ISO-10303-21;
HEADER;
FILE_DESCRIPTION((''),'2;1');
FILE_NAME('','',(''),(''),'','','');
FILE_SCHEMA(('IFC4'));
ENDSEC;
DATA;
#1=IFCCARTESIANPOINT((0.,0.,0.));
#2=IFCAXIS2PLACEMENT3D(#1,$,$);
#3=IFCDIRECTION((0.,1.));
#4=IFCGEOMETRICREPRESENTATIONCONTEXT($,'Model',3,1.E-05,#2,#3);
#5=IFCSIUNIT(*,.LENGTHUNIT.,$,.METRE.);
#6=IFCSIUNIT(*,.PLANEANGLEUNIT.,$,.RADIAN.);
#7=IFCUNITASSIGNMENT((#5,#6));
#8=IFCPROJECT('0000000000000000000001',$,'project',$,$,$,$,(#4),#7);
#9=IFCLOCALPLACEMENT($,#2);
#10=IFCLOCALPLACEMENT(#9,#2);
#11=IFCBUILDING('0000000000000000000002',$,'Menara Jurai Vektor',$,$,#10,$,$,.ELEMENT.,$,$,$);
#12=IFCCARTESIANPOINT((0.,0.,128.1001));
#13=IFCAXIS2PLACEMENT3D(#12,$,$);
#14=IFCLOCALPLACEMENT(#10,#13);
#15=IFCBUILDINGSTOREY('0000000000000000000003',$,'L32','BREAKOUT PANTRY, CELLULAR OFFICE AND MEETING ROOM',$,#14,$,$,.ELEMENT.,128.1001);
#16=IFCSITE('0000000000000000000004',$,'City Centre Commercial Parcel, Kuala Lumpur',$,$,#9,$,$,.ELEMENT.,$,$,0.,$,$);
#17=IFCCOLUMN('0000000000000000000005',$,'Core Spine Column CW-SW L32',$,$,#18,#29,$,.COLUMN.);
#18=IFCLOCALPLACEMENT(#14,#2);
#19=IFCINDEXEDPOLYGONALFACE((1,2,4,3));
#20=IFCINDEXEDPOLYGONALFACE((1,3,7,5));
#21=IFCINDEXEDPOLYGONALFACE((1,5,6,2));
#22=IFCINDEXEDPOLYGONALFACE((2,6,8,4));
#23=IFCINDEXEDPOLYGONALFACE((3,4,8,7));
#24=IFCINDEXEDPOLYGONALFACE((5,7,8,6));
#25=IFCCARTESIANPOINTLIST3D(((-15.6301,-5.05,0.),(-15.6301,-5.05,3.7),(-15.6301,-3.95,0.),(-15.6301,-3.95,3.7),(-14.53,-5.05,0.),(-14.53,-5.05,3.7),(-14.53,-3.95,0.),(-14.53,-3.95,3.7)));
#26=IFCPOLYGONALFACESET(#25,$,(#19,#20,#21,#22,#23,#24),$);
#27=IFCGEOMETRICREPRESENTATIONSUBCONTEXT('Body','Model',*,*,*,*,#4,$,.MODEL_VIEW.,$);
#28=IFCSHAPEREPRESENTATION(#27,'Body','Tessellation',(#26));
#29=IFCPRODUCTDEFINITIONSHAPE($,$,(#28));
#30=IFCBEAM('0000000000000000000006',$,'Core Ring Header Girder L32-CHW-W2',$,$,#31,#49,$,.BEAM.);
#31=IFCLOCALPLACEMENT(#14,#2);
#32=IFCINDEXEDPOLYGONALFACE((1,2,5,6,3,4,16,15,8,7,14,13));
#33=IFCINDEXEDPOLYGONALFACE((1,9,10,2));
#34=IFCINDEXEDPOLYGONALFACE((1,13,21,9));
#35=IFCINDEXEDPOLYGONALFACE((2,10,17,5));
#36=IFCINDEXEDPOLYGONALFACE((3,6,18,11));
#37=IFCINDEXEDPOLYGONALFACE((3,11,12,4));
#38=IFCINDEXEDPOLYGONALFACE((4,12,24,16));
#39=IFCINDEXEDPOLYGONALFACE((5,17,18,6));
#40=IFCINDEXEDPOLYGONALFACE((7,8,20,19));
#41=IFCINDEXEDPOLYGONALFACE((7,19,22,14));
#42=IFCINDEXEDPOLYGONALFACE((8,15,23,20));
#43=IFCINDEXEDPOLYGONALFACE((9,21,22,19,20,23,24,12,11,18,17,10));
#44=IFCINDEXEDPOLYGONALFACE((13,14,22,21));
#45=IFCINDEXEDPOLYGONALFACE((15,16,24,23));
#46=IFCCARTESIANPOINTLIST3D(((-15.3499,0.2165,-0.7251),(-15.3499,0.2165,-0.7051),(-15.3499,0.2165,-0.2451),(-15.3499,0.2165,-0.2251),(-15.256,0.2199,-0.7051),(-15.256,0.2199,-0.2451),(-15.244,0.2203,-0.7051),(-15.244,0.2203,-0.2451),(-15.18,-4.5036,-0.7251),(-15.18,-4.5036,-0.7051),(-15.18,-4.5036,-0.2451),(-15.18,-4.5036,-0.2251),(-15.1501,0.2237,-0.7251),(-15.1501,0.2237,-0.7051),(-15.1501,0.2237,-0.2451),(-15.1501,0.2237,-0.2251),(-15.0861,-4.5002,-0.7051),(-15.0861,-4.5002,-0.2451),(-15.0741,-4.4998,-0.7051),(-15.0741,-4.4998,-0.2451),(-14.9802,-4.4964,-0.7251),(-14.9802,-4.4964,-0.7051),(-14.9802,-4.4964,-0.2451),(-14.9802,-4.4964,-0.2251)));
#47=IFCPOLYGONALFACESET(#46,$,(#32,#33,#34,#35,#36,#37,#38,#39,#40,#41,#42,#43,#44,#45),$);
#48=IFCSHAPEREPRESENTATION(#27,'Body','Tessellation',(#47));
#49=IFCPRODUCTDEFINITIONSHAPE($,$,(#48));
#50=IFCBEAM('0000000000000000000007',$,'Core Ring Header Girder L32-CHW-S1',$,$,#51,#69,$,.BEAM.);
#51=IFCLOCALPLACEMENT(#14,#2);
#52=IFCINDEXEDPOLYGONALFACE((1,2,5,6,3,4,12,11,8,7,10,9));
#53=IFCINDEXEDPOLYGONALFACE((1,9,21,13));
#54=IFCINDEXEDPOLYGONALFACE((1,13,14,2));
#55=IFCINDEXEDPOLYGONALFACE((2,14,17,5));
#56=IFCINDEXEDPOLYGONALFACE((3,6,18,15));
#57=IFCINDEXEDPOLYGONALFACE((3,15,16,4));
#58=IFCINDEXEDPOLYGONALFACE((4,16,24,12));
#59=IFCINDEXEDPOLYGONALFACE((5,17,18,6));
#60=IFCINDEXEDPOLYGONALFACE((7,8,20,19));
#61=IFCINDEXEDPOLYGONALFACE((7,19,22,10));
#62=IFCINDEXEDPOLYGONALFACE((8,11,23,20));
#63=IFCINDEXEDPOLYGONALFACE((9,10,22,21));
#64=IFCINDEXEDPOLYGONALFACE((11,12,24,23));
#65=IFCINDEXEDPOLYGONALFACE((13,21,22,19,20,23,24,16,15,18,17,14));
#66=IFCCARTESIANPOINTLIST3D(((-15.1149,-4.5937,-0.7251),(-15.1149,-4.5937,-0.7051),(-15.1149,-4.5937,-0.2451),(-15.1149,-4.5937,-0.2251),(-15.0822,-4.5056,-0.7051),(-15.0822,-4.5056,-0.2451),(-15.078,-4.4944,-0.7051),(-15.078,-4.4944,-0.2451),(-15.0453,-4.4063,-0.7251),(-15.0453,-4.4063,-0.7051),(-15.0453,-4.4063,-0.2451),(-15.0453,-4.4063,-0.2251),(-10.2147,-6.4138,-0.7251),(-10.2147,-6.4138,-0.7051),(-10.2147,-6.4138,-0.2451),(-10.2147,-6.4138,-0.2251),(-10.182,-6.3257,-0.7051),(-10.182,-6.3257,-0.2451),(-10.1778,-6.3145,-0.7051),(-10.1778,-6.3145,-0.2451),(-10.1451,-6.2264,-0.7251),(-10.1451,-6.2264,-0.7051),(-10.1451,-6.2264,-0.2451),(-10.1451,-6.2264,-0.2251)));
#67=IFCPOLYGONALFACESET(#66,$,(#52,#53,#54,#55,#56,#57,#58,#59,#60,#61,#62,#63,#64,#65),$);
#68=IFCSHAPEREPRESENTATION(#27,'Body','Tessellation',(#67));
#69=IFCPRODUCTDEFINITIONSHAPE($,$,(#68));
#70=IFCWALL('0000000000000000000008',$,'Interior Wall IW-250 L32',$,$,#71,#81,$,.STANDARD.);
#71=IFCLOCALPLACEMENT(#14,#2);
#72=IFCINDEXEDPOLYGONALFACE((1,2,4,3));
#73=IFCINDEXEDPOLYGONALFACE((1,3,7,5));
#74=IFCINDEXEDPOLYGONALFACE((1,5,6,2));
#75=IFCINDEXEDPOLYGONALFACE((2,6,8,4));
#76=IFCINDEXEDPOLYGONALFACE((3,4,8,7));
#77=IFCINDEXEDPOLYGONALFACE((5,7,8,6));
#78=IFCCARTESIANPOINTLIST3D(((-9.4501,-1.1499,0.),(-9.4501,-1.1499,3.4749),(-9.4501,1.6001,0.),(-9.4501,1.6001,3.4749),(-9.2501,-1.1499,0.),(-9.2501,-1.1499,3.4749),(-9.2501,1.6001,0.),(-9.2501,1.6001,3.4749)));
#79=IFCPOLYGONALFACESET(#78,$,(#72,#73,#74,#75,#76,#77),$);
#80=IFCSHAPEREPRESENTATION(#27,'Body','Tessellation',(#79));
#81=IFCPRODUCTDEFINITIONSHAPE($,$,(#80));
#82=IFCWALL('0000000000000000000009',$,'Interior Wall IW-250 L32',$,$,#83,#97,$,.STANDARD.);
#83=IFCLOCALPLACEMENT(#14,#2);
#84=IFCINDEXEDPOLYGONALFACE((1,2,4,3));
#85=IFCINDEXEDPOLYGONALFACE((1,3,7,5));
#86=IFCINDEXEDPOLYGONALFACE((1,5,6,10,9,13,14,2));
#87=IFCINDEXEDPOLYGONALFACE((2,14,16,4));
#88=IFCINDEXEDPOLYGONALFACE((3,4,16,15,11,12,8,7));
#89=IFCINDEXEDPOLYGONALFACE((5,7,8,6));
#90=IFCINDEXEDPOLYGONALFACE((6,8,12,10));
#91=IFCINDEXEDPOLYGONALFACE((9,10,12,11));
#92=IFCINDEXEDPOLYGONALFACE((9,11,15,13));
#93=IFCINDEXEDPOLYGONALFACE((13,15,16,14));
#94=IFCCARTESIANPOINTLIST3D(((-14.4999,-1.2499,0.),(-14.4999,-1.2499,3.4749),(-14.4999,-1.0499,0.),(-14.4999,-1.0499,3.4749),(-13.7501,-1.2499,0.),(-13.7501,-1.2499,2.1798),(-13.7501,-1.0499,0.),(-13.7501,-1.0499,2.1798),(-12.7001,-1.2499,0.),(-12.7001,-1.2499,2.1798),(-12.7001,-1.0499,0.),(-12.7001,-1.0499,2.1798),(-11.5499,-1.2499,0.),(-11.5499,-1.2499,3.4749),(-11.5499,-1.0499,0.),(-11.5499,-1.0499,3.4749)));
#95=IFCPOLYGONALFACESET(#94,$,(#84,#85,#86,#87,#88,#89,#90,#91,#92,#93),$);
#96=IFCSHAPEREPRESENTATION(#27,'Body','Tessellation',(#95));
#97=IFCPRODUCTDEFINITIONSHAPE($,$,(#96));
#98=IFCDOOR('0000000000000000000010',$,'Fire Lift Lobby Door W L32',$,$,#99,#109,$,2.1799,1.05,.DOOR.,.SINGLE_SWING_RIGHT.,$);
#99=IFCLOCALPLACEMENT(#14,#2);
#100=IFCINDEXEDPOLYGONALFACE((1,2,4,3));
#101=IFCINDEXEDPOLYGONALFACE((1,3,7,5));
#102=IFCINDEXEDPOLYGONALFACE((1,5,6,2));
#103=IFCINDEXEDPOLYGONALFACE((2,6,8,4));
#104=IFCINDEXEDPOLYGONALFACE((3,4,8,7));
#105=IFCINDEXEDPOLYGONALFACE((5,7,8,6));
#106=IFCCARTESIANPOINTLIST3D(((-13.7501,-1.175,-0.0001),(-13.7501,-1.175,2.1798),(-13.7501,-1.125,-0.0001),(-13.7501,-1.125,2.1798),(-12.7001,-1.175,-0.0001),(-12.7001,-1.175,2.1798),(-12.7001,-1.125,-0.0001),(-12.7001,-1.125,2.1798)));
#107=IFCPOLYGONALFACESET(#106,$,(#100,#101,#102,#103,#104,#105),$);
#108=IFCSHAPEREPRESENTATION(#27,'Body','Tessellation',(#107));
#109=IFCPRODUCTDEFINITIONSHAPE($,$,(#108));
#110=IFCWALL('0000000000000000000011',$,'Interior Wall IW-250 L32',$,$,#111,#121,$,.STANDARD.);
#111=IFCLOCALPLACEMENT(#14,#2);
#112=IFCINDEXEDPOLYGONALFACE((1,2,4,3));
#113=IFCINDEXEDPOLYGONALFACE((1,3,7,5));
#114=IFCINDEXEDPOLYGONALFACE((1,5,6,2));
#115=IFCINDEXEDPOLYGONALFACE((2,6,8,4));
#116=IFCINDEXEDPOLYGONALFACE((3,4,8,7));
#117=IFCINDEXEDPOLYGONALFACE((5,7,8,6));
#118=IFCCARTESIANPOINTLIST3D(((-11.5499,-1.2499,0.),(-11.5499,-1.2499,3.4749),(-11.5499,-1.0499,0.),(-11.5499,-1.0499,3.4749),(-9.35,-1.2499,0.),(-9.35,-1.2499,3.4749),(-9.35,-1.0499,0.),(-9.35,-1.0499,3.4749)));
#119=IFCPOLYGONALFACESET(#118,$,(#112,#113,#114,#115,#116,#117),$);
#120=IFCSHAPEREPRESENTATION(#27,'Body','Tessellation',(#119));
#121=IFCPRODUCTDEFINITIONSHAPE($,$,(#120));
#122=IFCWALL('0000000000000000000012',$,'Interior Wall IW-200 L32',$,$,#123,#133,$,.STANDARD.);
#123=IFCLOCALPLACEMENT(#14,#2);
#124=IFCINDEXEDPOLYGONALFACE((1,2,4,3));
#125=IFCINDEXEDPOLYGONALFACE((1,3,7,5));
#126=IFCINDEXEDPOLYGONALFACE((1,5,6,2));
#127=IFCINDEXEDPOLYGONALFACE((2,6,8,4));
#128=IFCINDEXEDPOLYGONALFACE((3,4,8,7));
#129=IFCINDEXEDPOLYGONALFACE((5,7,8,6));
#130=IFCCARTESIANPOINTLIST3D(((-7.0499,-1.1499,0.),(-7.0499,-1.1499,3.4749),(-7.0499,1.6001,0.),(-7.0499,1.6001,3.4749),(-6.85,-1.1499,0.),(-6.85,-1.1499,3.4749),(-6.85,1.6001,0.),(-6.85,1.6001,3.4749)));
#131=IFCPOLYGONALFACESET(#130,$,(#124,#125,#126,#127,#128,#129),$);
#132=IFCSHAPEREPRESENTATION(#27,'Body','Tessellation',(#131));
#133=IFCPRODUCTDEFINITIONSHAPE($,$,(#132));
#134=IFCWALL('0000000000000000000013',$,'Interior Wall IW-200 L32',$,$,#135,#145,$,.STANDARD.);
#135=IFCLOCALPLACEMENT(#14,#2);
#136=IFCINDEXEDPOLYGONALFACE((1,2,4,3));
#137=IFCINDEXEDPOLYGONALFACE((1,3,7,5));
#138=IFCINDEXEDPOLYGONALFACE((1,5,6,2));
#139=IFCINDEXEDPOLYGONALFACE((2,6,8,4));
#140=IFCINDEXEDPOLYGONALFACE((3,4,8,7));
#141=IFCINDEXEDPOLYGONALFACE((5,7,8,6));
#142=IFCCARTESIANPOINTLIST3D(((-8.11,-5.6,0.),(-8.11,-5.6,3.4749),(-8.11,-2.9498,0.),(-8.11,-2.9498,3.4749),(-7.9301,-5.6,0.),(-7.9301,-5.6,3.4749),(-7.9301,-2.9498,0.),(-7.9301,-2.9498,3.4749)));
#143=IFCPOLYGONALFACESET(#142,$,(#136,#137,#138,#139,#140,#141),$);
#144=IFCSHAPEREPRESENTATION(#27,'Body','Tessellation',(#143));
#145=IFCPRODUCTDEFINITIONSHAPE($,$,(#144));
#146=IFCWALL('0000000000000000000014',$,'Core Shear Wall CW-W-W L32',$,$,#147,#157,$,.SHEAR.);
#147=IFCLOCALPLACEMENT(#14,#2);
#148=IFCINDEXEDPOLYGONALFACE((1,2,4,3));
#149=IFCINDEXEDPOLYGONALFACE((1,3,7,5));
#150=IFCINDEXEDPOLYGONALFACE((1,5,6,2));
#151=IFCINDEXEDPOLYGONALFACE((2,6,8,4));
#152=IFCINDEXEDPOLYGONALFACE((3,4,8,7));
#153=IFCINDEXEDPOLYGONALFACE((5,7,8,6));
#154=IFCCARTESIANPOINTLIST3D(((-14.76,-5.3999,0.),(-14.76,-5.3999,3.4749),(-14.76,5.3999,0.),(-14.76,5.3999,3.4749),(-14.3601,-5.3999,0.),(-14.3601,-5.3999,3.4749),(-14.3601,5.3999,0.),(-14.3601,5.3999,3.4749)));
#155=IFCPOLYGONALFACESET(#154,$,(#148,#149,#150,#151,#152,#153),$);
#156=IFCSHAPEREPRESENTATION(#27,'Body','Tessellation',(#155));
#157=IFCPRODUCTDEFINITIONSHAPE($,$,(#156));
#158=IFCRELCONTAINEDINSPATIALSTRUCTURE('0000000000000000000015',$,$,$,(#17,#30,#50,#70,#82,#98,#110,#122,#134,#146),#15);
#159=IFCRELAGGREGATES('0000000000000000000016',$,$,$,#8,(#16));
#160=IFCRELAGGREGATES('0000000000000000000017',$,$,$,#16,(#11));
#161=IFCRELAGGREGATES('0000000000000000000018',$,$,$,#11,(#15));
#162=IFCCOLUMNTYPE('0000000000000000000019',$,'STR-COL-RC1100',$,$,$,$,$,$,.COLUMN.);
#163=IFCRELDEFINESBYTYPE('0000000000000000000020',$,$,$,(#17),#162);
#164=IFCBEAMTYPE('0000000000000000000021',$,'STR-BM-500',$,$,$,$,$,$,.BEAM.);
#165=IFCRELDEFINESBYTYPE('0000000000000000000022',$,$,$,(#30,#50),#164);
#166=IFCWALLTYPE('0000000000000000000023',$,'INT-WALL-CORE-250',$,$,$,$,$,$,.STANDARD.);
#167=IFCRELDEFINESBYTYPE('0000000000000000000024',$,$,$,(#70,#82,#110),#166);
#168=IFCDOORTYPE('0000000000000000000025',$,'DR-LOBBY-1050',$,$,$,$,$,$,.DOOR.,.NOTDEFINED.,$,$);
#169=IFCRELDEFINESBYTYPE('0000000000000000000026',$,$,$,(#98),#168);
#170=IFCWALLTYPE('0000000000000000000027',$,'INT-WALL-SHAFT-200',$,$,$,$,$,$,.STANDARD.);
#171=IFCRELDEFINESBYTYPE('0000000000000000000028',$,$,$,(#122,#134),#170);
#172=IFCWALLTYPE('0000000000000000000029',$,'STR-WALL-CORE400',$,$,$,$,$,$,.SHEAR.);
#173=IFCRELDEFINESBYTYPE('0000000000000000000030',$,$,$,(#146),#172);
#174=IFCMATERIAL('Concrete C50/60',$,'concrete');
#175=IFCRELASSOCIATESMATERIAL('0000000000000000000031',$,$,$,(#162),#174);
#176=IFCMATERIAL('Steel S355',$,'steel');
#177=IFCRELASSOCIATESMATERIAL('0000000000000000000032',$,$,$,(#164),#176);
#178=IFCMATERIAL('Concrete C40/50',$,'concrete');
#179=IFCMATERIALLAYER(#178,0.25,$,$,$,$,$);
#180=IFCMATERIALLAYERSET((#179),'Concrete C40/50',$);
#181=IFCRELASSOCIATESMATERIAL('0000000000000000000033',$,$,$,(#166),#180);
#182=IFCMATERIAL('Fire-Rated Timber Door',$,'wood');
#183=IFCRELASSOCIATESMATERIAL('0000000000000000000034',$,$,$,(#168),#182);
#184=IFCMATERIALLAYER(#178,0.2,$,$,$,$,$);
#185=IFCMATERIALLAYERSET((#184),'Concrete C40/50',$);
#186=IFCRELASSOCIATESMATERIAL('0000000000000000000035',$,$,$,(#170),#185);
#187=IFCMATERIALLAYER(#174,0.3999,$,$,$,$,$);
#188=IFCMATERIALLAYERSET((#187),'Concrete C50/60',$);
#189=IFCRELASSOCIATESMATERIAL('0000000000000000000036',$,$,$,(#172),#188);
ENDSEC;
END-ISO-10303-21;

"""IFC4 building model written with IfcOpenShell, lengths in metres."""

from ifc_helpers import new_model, si_unit, direction, frame, frame_2d, origin, origin_2d, place, context, subcontext, project, spatial, rectangle, i_section, extrude, material, layer, layer_set, material_profile, profile_set, type_object, element, fill, save


model = new_model("IFC4")

# Units and contexts
model_context = context("Model", 3, precision=1e-05, world=origin(), true_north=direction((0.0, 1.0)))
body_context = subcontext(model_context, "Body", "Model", "MODEL_VIEW")
ifc_project = project(units=[si_unit("LENGTHUNIT", "METRE"), si_unit("PLANEANGLEUNIT", "RADIAN")], contexts=[model_context])

# Site, building, storey
site_placement = place(None, origin())
site = spatial("IfcSite", under=ifc_project, at=site_placement, Name="City Centre Commercial Parcel, Kuala Lumpur", CompositionType="ELEMENT", RefElevation=0.0)
building_placement = place(site_placement, origin())
building = spatial("IfcBuilding", under=site, at=building_placement, Name="Menara Jurai Vektor", CompositionType="ELEMENT")
storey_placement = place(building_placement, frame((0.0, 0.0, 128.1001)))
storey = spatial("IfcBuildingStorey", under=building, at=storey_placement, Name="L32", Description="BREAKOUT PANTRY, CELLULAR OFFICE AND MEETING ROOM", CompositionType="ELEMENT", Elevation=128.1001)

# Column
ifc_material_1 = material(Name="Concrete C50/60", Category="concrete")
ifc_material_profile_1 = material_profile(ifc_material_1, rectangle(XDim=1.1001, YDim=1.1001, at=origin_2d()), Name="RC 1100x1100")
ifc_profile_set_1 = profile_set([ifc_material_profile_1], Name="Concrete C50/60")
column_type = type_object("IfcColumnType", Name="STR-COL-RC1100", PredefinedType="COLUMN", material=ifc_profile_set_1)
column_placement = place(storey_placement, frame((-15.0801, -4.5, 0.0), z_axis=(0.0, 0.0, 1.0), x_axis=(1.0, 0.0, 0.0)))
element("IfcColumn", 1, at=column_placement, inside=storey, type_object=column_type, Name="Core Spine Column CW-SW L32", PredefinedType="COLUMN", context=body_context, shape_type="SweptSolid", body=[
    extrude(rectangle(XDim=1.1001, YDim=1.1001, at=origin_2d()), origin(), (0.0, 0.0, 1.0), 3.7),
])

# Beams
ifc_material_2 = material(Name="Steel S355", Category="steel")
ifc_material_profile_2 = material_profile(ifc_material_2, i_section(OverallWidth=0.2, OverallDepth=0.5, WebThickness=0.012, FlangeThickness=0.02, at=origin_2d()), Name="PG 500x200x96")
ifc_profile_set_2 = profile_set([ifc_material_profile_2], Name="Steel S355")
beam_type = type_object("IfcBeamType", Name="STR-BM-500", PredefinedType="BEAM", material=ifc_profile_set_2)
beam_1_placement = place(storey_placement, frame((-15.0801, -4.5, -0.4751), z_axis=(-0.035977, 0.999353, 0.0), x_axis=(-0.999353, -0.035977, 0.0)))
element("IfcBeam", 2, at=beam_1_placement, inside=storey, type_object=beam_type, Name="Core Ring Header Girder L32-CHW-W2", PredefinedType="BEAM", context=body_context, shape_type="SweptSolid", body=[
    extrude(i_section(OverallWidth=0.2, OverallDepth=0.5, WebThickness=0.012, FlangeThickness=0.02, at=origin_2d()), origin(), (0.0, 0.0, 1.0), 4.7231),
])
beam_2_placement = place(storey_placement, frame((-15.0801, -4.5, -0.4751), z_axis=(0.937424, -0.348189, 0.0), x_axis=(0.348189, 0.937424, 0.0)))
element("IfcBeam", 3, at=beam_2_placement, inside=storey, type_object=beam_type, Name="Core Ring Header Girder L32-CHW-S1", PredefinedType="BEAM", context=body_context, shape_type="SweptSolid", body=[
    extrude(i_section(OverallWidth=0.2, OverallDepth=0.5, WebThickness=0.012, FlangeThickness=0.02, at=origin_2d()), origin(), (0.0, 0.0, 1.0), 5.2273),
])

# Shared definitions
ifc_material_3 = material(Name="Concrete C40/50", Category="concrete")
ifc_layer_1 = layer(ifc_material_3, 0.25)
ifc_layer_set_1 = layer_set([ifc_layer_1], Name="Concrete C40/50")
wall_type_1 = type_object("IfcWallType", Name="INT-WALL-CORE-250", PredefinedType="STANDARD", material=ifc_layer_set_1)

# Wall
wall_1_placement = place(storey_placement, frame((-9.3501, -1.1499, 0.0), z_axis=(0.0, 0.0, 1.0), x_axis=(0.0, 1.0, 0.0)))
element("IfcWall", 4, at=wall_1_placement, inside=storey, type_object=wall_type_1, Name="Interior Wall IW-250 L32", PredefinedType="STANDARD", context=body_context, shape_type="SweptSolid", body=[
    extrude(rectangle(XDim=2.75, YDim=0.2, at=frame_2d((1.375, 0.0))), origin(), (0.0, 0.0, 1.0), 3.4749),
])

# Wall, opening, door
wall_2_placement = place(storey_placement, frame((-14.5, -1.1499, 0.0), z_axis=(0.0, 0.0, 1.0), x_axis=(1.0, 0.0, 0.0)))
wall_2 = element("IfcWall", 5, at=wall_2_placement, inside=storey, type_object=wall_type_1, Name="Interior Wall IW-250 L32", PredefinedType="STANDARD", context=body_context, shape_type="SweptSolid", body=[
    extrude(rectangle(XDim=2.95, YDim=0.2, at=frame_2d((1.4751, 0.0))), origin(), (0.0, 0.0, 1.0), 3.4749),
])
opening_1_placement = place(wall_2_placement, frame((0.75, 0.0, 0.0)))
opening_1 = element("IfcOpeningElement", 6, at=opening_1_placement, cuts=wall_2, PredefinedType="OPENING", context=body_context, shape_type="SweptSolid", body=[
    extrude(rectangle(XDim=1.05, YDim=2.1799, at=frame_2d((0.5249, 1.0898))), frame((0.0, 0.1099, 0.0), z_axis=(0.0, -1.0, 0.0), x_axis=(1.0, 0.0, 0.0)), (0.0, 0.0, 1.0), 0.22),
])
ifc_material_4 = material(Name="Fire-Rated Timber Door", Category="wood")
door_type_1 = type_object("IfcDoorType", Name="DR-LOBBY-1050", OperationType="NOTDEFINED", PredefinedType="DOOR", material=ifc_material_4)
door_1_placement = place(opening_1_placement, origin())
door_1 = element("IfcDoor", 7, at=door_1_placement, inside=storey, type_object=door_type_1, Name="Fire Lift Lobby Door W L32", OperationType="SINGLE_SWING_RIGHT", OverallHeight=2.1799, OverallWidth=1.05, PredefinedType="DOOR", context=body_context, shape_type="SweptSolid", body=[
    extrude(rectangle(XDim=1.05, YDim=2.1799, at=frame_2d((0.5249, 1.0898))), frame((0.0, 0.0249, 0.0), z_axis=(0.0, -1.0, 0.0), x_axis=(1.0, 0.0, 0.0)), (0.0, 0.0, 1.0), 0.05),
])
fill(opening_1, door_1)

# Walls
wall_3_placement = place(storey_placement, frame((-11.55, -1.1499, 0.0), z_axis=(0.0, 0.0, 1.0), x_axis=(1.0, 0.0, 0.0)))
element("IfcWall", 8, at=wall_3_placement, inside=storey, type_object=wall_type_1, Name="Interior Wall IW-250 L32", PredefinedType="STANDARD", context=body_context, shape_type="SweptSolid", body=[
    extrude(rectangle(XDim=2.2, YDim=0.2, at=frame_2d((1.1001, 0.0))), origin(), (0.0, 0.0, 1.0), 3.4749),
])
ifc_layer_2 = layer(ifc_material_3, 0.2)
ifc_layer_set_2 = layer_set([ifc_layer_2], Name="Concrete C40/50")
wall_type_2 = type_object("IfcWallType", Name="INT-WALL-SHAFT-200", PredefinedType="STANDARD", material=ifc_layer_set_2)
wall_4_placement = place(storey_placement, frame((-6.95, -1.1499, 0.0), z_axis=(0.0, 0.0, 1.0), x_axis=(0.0, 1.0, 0.0)))
element("IfcWall", 9, at=wall_4_placement, inside=storey, type_object=wall_type_2, Name="Interior Wall IW-200 L32", PredefinedType="STANDARD", context=body_context, shape_type="SweptSolid", body=[
    extrude(rectangle(XDim=2.75, YDim=0.2, at=frame_2d((1.375, 0.0))), origin(), (0.0, 0.0, 1.0), 3.4749),
])

# Walls
wall_5_placement = place(storey_placement, frame((-8.02, -5.6001, 0.0), z_axis=(0.0, 0.0, 1.0), x_axis=(0.0, 1.0, 0.0)))
element("IfcWall", 10, at=wall_5_placement, inside=storey, type_object=wall_type_2, Name="Interior Wall IW-200 L32", PredefinedType="STANDARD", context=body_context, shape_type="SweptSolid", body=[
    extrude(rectangle(XDim=2.6501, YDim=0.1799, at=frame_2d((1.3252, 0.0))), origin(), (0.0, 0.0, 1.0), 3.4749),
])
ifc_layer_3 = layer(ifc_material_1, 0.3999)
ifc_layer_set_3 = layer_set([ifc_layer_3], Name="Concrete C50/60")
wall_type_3 = type_object("IfcWallType", Name="STR-WALL-CORE400", PredefinedType="SHEAR", material=ifc_layer_set_3)
wall_6_placement = place(storey_placement, frame((-14.5601, -5.3999, 0.0), z_axis=(0.0, 0.0, 1.0), x_axis=(0.0, 1.0, 0.0)))
element("IfcWall", 11, at=wall_6_placement, inside=storey, type_object=wall_type_3, Name="Core Shear Wall CW-W-W L32", PredefinedType="SHEAR", context=body_context, shape_type="SweptSolid", body=[
    extrude(rectangle(XDim=10.7998, YDim=0.3999, at=frame_2d((5.3999, 0.0))), origin(), (0.0, 0.0, 1.0), 3.4749),
])

save(model, "model.ifc")
